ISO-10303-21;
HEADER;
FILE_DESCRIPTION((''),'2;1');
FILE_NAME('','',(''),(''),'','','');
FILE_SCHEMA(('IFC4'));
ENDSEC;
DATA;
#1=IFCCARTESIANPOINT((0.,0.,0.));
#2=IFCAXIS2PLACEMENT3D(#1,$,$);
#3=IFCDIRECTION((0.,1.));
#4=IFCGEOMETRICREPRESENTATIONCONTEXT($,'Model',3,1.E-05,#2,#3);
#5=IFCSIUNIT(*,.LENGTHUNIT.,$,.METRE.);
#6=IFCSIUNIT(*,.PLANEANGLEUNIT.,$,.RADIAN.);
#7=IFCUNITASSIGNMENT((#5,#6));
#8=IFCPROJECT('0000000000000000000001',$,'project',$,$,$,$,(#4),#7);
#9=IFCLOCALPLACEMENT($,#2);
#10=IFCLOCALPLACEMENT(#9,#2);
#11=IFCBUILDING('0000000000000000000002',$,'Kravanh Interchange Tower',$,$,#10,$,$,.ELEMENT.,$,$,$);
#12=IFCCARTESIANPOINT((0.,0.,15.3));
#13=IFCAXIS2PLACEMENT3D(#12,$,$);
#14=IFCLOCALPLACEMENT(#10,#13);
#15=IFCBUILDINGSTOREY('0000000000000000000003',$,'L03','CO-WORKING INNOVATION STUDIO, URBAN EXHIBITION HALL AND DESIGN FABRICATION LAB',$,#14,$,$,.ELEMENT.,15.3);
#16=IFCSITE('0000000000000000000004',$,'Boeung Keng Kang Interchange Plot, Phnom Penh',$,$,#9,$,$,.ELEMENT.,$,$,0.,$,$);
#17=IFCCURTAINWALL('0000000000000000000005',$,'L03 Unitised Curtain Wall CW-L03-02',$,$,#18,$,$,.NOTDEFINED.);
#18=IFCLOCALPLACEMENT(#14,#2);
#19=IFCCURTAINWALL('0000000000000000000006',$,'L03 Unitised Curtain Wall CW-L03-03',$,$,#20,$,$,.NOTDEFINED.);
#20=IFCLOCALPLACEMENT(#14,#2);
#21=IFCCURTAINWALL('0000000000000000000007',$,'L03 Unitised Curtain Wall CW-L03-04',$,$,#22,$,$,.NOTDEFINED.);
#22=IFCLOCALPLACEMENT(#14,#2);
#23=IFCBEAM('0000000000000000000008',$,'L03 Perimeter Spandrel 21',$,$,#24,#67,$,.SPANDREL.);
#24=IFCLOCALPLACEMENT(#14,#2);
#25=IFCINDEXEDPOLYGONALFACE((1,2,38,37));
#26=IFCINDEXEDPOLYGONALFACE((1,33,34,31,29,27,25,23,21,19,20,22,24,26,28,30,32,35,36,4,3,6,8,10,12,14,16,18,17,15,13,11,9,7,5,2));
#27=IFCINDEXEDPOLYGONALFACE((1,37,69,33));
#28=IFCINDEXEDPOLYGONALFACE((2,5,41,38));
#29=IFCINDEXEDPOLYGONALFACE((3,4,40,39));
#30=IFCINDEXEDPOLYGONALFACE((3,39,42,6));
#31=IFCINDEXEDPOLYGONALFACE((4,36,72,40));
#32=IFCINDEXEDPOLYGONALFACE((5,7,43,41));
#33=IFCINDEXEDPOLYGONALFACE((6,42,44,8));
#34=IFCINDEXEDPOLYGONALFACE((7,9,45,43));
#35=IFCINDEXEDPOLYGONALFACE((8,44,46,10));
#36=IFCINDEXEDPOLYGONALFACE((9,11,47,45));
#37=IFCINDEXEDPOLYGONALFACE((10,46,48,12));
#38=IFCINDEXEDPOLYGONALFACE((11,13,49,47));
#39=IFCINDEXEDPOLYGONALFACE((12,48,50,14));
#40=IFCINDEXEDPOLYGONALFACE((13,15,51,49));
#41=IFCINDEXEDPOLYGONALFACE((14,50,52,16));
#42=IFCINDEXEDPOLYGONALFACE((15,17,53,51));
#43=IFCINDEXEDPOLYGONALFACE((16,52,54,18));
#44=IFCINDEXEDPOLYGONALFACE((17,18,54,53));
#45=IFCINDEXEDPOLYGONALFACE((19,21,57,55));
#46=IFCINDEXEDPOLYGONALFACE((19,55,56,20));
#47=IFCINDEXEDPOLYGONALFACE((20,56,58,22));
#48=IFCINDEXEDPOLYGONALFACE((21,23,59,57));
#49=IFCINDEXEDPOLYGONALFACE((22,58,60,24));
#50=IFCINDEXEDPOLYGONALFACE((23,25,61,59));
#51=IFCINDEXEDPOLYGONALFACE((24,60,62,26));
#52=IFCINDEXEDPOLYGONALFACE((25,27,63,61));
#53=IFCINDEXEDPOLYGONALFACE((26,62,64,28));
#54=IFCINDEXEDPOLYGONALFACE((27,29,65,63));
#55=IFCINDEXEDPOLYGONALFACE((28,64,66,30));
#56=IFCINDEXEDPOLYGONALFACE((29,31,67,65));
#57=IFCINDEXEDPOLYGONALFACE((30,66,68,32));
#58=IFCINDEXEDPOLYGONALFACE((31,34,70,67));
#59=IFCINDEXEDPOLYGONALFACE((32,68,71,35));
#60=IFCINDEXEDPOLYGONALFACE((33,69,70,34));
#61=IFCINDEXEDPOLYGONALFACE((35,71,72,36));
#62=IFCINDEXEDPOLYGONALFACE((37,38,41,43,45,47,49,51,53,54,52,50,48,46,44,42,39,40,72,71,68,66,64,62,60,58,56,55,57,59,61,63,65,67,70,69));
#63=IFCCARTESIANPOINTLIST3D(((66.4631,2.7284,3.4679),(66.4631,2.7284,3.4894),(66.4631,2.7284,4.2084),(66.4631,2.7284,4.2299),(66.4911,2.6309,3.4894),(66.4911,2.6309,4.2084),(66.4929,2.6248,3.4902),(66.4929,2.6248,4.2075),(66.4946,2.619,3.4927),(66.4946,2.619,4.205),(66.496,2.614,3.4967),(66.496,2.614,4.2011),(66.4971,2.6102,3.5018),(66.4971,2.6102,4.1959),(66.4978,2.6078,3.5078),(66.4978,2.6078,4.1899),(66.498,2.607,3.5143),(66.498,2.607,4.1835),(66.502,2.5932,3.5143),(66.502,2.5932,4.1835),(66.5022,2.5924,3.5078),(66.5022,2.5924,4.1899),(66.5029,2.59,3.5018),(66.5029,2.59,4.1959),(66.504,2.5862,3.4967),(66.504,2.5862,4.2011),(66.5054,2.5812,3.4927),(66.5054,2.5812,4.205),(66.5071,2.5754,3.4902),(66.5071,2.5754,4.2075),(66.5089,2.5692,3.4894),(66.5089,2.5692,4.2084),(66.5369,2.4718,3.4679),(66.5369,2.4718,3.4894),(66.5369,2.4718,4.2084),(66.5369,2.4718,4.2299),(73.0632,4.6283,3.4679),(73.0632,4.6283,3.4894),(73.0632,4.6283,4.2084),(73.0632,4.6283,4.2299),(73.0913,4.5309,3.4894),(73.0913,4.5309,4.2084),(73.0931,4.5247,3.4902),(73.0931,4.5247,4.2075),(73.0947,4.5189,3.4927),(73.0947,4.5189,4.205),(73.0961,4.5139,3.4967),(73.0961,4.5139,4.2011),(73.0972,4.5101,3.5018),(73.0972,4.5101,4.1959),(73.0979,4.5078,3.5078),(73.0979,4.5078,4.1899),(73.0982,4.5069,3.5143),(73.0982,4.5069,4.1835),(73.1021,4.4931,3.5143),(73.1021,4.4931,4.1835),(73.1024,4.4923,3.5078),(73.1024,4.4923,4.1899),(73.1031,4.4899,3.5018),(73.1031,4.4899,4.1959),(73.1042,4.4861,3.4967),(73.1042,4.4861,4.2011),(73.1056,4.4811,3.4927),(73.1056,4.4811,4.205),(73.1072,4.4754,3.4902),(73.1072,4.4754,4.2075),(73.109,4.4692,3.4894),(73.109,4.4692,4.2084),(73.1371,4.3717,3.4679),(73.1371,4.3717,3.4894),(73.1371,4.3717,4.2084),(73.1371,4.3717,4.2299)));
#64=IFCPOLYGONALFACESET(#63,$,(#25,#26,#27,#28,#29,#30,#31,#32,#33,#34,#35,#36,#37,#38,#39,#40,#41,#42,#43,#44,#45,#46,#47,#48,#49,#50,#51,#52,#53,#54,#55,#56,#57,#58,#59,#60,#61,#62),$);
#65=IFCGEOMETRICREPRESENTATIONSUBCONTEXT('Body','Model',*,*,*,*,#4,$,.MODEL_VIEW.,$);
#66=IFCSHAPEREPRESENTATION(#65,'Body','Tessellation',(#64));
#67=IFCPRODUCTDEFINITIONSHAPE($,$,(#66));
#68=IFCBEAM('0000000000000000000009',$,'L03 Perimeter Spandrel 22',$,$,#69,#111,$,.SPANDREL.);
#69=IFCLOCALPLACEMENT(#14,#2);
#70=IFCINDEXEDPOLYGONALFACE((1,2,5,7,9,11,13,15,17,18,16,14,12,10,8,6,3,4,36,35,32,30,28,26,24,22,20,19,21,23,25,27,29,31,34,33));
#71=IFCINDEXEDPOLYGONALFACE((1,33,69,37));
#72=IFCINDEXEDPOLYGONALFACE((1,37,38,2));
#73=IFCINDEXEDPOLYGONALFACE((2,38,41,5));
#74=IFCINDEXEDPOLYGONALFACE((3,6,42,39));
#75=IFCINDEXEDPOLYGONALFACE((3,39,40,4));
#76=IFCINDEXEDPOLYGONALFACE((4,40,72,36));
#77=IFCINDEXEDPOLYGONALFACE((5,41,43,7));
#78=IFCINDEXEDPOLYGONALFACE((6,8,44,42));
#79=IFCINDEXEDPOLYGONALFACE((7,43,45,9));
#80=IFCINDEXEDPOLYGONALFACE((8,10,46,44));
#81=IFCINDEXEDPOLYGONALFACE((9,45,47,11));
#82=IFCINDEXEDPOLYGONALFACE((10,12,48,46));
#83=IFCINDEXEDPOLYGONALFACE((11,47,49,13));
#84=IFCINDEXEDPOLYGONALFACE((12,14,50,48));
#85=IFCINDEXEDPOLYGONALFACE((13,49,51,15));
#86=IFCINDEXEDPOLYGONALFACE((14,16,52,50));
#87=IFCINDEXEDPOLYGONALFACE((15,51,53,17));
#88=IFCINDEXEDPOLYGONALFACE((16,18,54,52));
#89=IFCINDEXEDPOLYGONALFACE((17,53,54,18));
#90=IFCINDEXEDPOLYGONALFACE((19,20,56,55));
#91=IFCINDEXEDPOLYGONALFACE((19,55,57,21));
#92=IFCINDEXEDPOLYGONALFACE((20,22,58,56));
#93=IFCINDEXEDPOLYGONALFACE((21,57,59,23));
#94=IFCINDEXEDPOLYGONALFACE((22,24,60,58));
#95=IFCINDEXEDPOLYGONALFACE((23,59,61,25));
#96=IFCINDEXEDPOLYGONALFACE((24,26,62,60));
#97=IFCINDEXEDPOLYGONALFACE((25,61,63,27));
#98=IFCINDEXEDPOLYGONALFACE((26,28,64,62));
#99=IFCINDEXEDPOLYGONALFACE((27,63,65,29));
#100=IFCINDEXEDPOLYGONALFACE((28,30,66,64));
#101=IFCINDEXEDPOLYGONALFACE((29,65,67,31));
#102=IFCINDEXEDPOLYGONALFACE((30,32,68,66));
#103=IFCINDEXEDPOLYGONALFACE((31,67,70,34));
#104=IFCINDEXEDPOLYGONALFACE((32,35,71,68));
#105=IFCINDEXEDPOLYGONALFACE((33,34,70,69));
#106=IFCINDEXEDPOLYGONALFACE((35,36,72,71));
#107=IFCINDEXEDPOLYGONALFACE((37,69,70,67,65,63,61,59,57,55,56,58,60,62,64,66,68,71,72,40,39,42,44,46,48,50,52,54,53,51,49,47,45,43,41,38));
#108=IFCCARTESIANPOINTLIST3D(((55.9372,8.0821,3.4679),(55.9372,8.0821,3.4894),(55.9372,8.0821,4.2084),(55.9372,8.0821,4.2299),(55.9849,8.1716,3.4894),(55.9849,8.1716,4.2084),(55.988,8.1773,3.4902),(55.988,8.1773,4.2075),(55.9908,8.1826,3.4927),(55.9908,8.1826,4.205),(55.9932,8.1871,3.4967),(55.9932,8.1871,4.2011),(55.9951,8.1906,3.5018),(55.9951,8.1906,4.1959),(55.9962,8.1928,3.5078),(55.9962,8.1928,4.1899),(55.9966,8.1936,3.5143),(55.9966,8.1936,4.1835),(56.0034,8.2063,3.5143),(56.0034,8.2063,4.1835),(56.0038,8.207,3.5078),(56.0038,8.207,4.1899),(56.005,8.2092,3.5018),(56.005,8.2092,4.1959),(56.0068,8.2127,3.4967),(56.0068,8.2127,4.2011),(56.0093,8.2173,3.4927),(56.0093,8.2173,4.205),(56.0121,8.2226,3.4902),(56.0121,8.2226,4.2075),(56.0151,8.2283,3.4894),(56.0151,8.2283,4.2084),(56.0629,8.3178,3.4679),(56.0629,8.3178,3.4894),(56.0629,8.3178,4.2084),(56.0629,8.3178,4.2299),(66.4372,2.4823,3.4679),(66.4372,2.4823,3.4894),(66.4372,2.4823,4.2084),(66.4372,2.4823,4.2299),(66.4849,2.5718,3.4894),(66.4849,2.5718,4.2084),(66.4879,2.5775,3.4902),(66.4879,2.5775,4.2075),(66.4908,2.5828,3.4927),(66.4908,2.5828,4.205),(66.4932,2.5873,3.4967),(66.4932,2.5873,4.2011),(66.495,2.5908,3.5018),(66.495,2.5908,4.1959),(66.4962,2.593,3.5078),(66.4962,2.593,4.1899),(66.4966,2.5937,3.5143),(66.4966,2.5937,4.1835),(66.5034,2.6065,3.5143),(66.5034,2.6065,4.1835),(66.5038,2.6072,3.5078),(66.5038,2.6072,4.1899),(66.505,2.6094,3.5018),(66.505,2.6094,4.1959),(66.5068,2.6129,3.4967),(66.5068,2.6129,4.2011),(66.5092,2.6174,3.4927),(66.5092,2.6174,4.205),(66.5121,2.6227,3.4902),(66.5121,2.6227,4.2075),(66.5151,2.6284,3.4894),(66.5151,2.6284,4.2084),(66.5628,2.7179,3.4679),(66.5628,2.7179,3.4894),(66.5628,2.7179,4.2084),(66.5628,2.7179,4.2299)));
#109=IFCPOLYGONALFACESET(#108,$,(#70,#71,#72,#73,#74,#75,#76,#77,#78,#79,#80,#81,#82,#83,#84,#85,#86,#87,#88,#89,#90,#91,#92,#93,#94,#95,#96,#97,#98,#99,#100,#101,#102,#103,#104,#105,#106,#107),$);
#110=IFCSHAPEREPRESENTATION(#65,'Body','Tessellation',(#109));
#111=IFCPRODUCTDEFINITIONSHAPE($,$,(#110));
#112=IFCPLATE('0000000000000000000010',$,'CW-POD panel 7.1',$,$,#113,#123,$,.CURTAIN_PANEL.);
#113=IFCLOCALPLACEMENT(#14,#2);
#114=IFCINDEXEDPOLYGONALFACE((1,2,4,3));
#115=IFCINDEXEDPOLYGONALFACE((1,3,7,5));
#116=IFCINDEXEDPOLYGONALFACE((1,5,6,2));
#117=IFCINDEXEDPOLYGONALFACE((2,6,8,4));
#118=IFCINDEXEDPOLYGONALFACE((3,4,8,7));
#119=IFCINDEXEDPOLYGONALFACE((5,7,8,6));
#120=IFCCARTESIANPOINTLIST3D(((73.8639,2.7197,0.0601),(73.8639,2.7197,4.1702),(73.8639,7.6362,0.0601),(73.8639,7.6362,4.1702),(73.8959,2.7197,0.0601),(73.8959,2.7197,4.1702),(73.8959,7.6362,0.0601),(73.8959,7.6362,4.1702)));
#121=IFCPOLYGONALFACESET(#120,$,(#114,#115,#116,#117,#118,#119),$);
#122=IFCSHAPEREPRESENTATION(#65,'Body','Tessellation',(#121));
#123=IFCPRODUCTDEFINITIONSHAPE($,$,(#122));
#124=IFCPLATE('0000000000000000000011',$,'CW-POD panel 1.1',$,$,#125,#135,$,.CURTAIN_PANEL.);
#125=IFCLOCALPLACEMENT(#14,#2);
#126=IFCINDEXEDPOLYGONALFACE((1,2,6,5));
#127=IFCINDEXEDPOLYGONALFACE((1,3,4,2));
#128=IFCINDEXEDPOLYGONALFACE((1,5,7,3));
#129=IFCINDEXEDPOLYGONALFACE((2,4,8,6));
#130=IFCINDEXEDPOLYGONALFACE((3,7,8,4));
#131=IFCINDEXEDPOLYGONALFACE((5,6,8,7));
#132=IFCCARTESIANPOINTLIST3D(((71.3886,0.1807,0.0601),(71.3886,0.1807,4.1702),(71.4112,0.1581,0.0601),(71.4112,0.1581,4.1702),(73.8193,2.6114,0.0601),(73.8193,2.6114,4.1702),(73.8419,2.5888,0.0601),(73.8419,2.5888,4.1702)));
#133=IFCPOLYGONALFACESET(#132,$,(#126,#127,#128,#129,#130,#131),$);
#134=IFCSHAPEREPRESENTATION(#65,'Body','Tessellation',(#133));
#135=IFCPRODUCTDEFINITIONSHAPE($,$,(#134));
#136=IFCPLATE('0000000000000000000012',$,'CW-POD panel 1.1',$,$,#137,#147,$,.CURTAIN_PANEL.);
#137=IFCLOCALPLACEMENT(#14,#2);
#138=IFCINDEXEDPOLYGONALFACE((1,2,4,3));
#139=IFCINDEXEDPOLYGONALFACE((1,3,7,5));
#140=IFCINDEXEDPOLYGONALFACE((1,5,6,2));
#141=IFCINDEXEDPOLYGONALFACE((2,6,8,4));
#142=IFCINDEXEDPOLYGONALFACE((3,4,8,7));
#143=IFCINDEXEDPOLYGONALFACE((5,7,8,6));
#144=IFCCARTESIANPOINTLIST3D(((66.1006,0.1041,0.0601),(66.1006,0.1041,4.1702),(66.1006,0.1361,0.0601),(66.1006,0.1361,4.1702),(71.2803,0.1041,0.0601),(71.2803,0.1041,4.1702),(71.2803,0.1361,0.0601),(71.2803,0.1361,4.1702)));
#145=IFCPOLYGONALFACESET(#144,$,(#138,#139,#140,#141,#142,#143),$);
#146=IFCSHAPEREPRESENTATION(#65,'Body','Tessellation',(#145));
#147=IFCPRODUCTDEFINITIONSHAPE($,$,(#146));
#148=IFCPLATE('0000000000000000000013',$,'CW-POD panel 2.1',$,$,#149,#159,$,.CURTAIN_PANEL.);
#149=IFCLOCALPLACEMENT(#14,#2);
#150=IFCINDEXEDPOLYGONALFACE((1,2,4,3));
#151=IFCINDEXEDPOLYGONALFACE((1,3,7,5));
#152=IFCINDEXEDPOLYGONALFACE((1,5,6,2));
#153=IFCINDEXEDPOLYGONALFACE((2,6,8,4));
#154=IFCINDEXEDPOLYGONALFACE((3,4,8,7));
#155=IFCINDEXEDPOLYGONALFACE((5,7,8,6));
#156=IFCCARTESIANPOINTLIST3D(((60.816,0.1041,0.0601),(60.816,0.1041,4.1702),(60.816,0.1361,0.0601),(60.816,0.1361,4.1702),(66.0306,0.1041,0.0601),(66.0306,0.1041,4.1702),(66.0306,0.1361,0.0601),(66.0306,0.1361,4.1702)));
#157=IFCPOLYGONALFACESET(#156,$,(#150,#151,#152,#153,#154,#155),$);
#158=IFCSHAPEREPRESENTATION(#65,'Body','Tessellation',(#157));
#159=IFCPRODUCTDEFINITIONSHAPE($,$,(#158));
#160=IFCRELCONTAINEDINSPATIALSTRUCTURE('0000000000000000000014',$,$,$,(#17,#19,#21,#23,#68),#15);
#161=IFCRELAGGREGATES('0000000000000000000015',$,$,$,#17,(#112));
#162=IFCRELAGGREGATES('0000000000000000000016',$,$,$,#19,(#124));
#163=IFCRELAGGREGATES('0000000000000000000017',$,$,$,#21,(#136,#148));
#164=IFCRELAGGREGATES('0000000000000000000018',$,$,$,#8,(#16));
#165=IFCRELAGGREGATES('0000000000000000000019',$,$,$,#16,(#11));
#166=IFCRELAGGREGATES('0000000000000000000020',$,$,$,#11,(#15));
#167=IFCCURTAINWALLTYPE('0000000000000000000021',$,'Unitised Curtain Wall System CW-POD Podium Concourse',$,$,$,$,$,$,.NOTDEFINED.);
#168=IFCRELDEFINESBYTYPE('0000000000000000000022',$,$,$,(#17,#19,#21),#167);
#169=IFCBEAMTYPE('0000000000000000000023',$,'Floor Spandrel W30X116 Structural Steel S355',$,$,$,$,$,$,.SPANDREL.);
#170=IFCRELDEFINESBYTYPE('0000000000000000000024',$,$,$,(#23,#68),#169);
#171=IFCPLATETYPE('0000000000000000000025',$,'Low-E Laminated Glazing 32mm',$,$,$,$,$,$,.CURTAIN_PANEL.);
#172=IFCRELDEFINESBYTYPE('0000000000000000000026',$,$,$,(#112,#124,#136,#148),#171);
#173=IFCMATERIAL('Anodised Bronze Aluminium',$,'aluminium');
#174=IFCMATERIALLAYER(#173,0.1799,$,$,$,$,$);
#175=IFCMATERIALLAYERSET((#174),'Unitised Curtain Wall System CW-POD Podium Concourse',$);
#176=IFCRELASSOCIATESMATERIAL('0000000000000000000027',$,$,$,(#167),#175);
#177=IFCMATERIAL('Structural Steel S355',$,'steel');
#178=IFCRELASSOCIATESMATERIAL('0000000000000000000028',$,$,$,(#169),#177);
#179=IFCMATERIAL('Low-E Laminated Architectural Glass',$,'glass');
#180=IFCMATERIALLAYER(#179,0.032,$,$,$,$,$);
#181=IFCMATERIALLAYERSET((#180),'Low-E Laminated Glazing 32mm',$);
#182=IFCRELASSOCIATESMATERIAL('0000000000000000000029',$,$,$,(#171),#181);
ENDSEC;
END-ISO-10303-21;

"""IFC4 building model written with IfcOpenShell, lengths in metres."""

from ifc_helpers import new_model, si_unit, direction, frame, origin, origin_2d, place, context, subcontext, project, spatial, rectangle, i_section, extrude, material, layer, layer_set, material_profile, profile_set, type_object, element, aggregate, save


model = new_model("IFC4")

# Units and contexts
model_context = context("Model", 3, precision=1e-05, world=origin(), true_north=direction((0.0, 1.0)))
body_context = subcontext(model_context, "Body", "Model", "MODEL_VIEW")
ifc_project = project(units=[si_unit("LENGTHUNIT", "METRE"), si_unit("PLANEANGLEUNIT", "RADIAN")], contexts=[model_context])

# Site, building, storey
site_placement = place(None, origin())
site = spatial("IfcSite", under=ifc_project, at=site_placement, Name="Boeung Keng Kang Interchange Plot, Phnom Penh", CompositionType="ELEMENT", RefElevation=0.0)
building_placement = place(site_placement, origin())
building = spatial("IfcBuilding", under=site, at=building_placement, Name="Kravanh Interchange Tower", CompositionType="ELEMENT")
storey_placement = place(building_placement, frame((0.0, 0.0, 15.3)))
storey = spatial("IfcBuildingStorey", under=building, at=storey_placement, Name="L03", Description="CO-WORKING INNOVATION STUDIO, URBAN EXHIBITION HALL AND DESIGN FABRICATION LAB", CompositionType="ELEMENT", Elevation=15.3)

# Curtain wall
ifc_material_1 = material(Name="Anodised Bronze Aluminium", Category="aluminium")
ifc_layer_1 = layer(ifc_material_1, 0.1799)
ifc_layer_set_1 = layer_set([ifc_layer_1], Name="Unitised Curtain Wall System CW-POD Podium Concourse")
curtain_wall_type = type_object("IfcCurtainWallType", Name="Unitised Curtain Wall System CW-POD Podium Concourse", PredefinedType="NOTDEFINED", material=ifc_layer_set_1)
curtain_wall_1_placement = place(storey_placement, origin())
curtain_wall_1 = element("IfcCurtainWall", 1, at=curtain_wall_1_placement, inside=storey, type_object=curtain_wall_type, Name="L03 Unitised Curtain Wall CW-L03-02", PredefinedType="NOTDEFINED")

# Curtain walls
curtain_wall_2_placement = place(storey_placement, origin())
curtain_wall_2 = element("IfcCurtainWall", 2, at=curtain_wall_2_placement, inside=storey, type_object=curtain_wall_type, Name="L03 Unitised Curtain Wall CW-L03-03", PredefinedType="NOTDEFINED")
curtain_wall_3_placement = place(storey_placement, origin())
curtain_wall_3 = element("IfcCurtainWall", 3, at=curtain_wall_3_placement, inside=storey, type_object=curtain_wall_type, Name="L03 Unitised Curtain Wall CW-L03-04", PredefinedType="NOTDEFINED")

# Beams
ifc_material_2 = material(Name="Structural Steel S355", Category="steel")
ifc_material_profile_1 = material_profile(ifc_material_2, i_section(OverallWidth=0.2671, OverallDepth=0.762, WebThickness=0.0144, FlangeThickness=0.0215, FilletRadius=0.0249, at=origin_2d()), Name="W30X116")
ifc_profile_set_1 = profile_set([ifc_material_profile_1], Name="Structural Steel S355")
beam_type_1 = type_object("IfcBeamType", Name="Floor Spandrel W30X116 Structural Steel S355", PredefinedType="SPANDREL", material=ifc_profile_set_1)
beam_1_placement = place(storey_placement, frame((66.5, 2.6001, 3.8489), z_axis=(0.960977, 0.276627, 0.0), x_axis=(-0.276627, 0.960977, 0.0)))
element("IfcBeam", 4, at=beam_1_placement, inside=storey, type_object=beam_type_1, Name="L03 Perimeter Spandrel 21", PredefinedType="SPANDREL", context=body_context, shape_type="SweptSolid", body=[
    extrude(i_section(OverallWidth=0.2671, OverallDepth=0.762, WebThickness=0.0144, FlangeThickness=0.0215, FilletRadius=0.0249, at=origin_2d()), origin(), (0.0, 0.0, 1.0), 6.8682),
])
beam_2_placement = place(storey_placement, frame((66.5, 2.6001, 3.8489), z_axis=(-0.882358, 0.470579, 0.0), x_axis=(-0.470579, -0.882358, 0.0)))
element("IfcBeam", 5, at=beam_2_placement, inside=storey, type_object=beam_type_1, Name="L03 Perimeter Spandrel 22", PredefinedType="SPANDREL", context=body_context, shape_type="SweptSolid", body=[
    extrude(i_section(OverallWidth=0.2671, OverallDepth=0.762, WebThickness=0.0144, FlangeThickness=0.0215, FilletRadius=0.0249, at=origin_2d()), origin(), (0.0, 0.0, 1.0), 11.8999),
])

# Plates
ifc_material_3 = material(Name="Low-E Laminated Architectural Glass", Category="glass")
ifc_layer_2 = layer(ifc_material_3, 0.032)
ifc_layer_set_2 = layer_set([ifc_layer_2], Name="Low-E Laminated Glazing 32mm")
plate_type = type_object("IfcPlateType", Name="Low-E Laminated Glazing 32mm", PredefinedType="CURTAIN_PANEL", material=ifc_layer_set_2)
plate_1_placement = place(storey_placement, frame((73.8799, 5.178, 0.0601), z_axis=(0.0, 0.0, 1.0), x_axis=(0.0, -1.0, 0.0)))
plate_1 = element("IfcPlate", 6, at=plate_1_placement, type_object=plate_type, Name="CW-POD panel 7.1", PredefinedType="CURTAIN_PANEL", context=body_context, shape_type="SweptSolid", body=[
    extrude(rectangle(XDim=4.9165, YDim=0.032, at=origin_2d()), origin(), (0.0, 0.0, 1.0), 4.1101),
])
aggregate(curtain_wall_1, [plate_1])
plate_2_placement = place(storey_placement, frame((72.6152, 1.3848, 0.0601), z_axis=(0.0, 0.0, 1.0), x_axis=(-0.707107, -0.707107, 0.0)))
plate_2 = element("IfcPlate", 7, at=plate_2_placement, type_object=plate_type, Name="CW-POD panel 1.1", PredefinedType="CURTAIN_PANEL", context=body_context, shape_type="SweptSolid", body=[
    extrude(rectangle(XDim=3.4375, YDim=0.032, at=origin_2d()), origin(), (0.0, 0.0, 1.0), 4.1101),
])
aggregate(curtain_wall_2, [plate_2])
plate_3_placement = place(storey_placement, frame((68.6904, 0.1201, 0.0601), z_axis=(0.0, 0.0, 1.0), x_axis=(-1.0, 0.0, 0.0)))
plate_3 = element("IfcPlate", 8, at=plate_3_placement, type_object=plate_type, Name="CW-POD panel 1.1", PredefinedType="CURTAIN_PANEL", context=body_context, shape_type="SweptSolid", body=[
    extrude(rectangle(XDim=5.1797, YDim=0.032, at=origin_2d()), origin(), (0.0, 0.0, 1.0), 4.1101),
])
plate_4_placement = place(storey_placement, frame((63.4233, 0.1201, 0.0601), z_axis=(0.0, 0.0, 1.0), x_axis=(-1.0, 0.0, 0.0)))
plate_4 = element("IfcPlate", 9, at=plate_4_placement, type_object=plate_type, Name="CW-POD panel 2.1", PredefinedType="CURTAIN_PANEL", context=body_context, shape_type="SweptSolid", body=[
    extrude(rectangle(XDim=5.2146, YDim=0.032, at=origin_2d()), origin(), (0.0, 0.0, 1.0), 4.1101),
])
aggregate(curtain_wall_3, [plate_3, plate_4])

save(model, "model.ifc")
